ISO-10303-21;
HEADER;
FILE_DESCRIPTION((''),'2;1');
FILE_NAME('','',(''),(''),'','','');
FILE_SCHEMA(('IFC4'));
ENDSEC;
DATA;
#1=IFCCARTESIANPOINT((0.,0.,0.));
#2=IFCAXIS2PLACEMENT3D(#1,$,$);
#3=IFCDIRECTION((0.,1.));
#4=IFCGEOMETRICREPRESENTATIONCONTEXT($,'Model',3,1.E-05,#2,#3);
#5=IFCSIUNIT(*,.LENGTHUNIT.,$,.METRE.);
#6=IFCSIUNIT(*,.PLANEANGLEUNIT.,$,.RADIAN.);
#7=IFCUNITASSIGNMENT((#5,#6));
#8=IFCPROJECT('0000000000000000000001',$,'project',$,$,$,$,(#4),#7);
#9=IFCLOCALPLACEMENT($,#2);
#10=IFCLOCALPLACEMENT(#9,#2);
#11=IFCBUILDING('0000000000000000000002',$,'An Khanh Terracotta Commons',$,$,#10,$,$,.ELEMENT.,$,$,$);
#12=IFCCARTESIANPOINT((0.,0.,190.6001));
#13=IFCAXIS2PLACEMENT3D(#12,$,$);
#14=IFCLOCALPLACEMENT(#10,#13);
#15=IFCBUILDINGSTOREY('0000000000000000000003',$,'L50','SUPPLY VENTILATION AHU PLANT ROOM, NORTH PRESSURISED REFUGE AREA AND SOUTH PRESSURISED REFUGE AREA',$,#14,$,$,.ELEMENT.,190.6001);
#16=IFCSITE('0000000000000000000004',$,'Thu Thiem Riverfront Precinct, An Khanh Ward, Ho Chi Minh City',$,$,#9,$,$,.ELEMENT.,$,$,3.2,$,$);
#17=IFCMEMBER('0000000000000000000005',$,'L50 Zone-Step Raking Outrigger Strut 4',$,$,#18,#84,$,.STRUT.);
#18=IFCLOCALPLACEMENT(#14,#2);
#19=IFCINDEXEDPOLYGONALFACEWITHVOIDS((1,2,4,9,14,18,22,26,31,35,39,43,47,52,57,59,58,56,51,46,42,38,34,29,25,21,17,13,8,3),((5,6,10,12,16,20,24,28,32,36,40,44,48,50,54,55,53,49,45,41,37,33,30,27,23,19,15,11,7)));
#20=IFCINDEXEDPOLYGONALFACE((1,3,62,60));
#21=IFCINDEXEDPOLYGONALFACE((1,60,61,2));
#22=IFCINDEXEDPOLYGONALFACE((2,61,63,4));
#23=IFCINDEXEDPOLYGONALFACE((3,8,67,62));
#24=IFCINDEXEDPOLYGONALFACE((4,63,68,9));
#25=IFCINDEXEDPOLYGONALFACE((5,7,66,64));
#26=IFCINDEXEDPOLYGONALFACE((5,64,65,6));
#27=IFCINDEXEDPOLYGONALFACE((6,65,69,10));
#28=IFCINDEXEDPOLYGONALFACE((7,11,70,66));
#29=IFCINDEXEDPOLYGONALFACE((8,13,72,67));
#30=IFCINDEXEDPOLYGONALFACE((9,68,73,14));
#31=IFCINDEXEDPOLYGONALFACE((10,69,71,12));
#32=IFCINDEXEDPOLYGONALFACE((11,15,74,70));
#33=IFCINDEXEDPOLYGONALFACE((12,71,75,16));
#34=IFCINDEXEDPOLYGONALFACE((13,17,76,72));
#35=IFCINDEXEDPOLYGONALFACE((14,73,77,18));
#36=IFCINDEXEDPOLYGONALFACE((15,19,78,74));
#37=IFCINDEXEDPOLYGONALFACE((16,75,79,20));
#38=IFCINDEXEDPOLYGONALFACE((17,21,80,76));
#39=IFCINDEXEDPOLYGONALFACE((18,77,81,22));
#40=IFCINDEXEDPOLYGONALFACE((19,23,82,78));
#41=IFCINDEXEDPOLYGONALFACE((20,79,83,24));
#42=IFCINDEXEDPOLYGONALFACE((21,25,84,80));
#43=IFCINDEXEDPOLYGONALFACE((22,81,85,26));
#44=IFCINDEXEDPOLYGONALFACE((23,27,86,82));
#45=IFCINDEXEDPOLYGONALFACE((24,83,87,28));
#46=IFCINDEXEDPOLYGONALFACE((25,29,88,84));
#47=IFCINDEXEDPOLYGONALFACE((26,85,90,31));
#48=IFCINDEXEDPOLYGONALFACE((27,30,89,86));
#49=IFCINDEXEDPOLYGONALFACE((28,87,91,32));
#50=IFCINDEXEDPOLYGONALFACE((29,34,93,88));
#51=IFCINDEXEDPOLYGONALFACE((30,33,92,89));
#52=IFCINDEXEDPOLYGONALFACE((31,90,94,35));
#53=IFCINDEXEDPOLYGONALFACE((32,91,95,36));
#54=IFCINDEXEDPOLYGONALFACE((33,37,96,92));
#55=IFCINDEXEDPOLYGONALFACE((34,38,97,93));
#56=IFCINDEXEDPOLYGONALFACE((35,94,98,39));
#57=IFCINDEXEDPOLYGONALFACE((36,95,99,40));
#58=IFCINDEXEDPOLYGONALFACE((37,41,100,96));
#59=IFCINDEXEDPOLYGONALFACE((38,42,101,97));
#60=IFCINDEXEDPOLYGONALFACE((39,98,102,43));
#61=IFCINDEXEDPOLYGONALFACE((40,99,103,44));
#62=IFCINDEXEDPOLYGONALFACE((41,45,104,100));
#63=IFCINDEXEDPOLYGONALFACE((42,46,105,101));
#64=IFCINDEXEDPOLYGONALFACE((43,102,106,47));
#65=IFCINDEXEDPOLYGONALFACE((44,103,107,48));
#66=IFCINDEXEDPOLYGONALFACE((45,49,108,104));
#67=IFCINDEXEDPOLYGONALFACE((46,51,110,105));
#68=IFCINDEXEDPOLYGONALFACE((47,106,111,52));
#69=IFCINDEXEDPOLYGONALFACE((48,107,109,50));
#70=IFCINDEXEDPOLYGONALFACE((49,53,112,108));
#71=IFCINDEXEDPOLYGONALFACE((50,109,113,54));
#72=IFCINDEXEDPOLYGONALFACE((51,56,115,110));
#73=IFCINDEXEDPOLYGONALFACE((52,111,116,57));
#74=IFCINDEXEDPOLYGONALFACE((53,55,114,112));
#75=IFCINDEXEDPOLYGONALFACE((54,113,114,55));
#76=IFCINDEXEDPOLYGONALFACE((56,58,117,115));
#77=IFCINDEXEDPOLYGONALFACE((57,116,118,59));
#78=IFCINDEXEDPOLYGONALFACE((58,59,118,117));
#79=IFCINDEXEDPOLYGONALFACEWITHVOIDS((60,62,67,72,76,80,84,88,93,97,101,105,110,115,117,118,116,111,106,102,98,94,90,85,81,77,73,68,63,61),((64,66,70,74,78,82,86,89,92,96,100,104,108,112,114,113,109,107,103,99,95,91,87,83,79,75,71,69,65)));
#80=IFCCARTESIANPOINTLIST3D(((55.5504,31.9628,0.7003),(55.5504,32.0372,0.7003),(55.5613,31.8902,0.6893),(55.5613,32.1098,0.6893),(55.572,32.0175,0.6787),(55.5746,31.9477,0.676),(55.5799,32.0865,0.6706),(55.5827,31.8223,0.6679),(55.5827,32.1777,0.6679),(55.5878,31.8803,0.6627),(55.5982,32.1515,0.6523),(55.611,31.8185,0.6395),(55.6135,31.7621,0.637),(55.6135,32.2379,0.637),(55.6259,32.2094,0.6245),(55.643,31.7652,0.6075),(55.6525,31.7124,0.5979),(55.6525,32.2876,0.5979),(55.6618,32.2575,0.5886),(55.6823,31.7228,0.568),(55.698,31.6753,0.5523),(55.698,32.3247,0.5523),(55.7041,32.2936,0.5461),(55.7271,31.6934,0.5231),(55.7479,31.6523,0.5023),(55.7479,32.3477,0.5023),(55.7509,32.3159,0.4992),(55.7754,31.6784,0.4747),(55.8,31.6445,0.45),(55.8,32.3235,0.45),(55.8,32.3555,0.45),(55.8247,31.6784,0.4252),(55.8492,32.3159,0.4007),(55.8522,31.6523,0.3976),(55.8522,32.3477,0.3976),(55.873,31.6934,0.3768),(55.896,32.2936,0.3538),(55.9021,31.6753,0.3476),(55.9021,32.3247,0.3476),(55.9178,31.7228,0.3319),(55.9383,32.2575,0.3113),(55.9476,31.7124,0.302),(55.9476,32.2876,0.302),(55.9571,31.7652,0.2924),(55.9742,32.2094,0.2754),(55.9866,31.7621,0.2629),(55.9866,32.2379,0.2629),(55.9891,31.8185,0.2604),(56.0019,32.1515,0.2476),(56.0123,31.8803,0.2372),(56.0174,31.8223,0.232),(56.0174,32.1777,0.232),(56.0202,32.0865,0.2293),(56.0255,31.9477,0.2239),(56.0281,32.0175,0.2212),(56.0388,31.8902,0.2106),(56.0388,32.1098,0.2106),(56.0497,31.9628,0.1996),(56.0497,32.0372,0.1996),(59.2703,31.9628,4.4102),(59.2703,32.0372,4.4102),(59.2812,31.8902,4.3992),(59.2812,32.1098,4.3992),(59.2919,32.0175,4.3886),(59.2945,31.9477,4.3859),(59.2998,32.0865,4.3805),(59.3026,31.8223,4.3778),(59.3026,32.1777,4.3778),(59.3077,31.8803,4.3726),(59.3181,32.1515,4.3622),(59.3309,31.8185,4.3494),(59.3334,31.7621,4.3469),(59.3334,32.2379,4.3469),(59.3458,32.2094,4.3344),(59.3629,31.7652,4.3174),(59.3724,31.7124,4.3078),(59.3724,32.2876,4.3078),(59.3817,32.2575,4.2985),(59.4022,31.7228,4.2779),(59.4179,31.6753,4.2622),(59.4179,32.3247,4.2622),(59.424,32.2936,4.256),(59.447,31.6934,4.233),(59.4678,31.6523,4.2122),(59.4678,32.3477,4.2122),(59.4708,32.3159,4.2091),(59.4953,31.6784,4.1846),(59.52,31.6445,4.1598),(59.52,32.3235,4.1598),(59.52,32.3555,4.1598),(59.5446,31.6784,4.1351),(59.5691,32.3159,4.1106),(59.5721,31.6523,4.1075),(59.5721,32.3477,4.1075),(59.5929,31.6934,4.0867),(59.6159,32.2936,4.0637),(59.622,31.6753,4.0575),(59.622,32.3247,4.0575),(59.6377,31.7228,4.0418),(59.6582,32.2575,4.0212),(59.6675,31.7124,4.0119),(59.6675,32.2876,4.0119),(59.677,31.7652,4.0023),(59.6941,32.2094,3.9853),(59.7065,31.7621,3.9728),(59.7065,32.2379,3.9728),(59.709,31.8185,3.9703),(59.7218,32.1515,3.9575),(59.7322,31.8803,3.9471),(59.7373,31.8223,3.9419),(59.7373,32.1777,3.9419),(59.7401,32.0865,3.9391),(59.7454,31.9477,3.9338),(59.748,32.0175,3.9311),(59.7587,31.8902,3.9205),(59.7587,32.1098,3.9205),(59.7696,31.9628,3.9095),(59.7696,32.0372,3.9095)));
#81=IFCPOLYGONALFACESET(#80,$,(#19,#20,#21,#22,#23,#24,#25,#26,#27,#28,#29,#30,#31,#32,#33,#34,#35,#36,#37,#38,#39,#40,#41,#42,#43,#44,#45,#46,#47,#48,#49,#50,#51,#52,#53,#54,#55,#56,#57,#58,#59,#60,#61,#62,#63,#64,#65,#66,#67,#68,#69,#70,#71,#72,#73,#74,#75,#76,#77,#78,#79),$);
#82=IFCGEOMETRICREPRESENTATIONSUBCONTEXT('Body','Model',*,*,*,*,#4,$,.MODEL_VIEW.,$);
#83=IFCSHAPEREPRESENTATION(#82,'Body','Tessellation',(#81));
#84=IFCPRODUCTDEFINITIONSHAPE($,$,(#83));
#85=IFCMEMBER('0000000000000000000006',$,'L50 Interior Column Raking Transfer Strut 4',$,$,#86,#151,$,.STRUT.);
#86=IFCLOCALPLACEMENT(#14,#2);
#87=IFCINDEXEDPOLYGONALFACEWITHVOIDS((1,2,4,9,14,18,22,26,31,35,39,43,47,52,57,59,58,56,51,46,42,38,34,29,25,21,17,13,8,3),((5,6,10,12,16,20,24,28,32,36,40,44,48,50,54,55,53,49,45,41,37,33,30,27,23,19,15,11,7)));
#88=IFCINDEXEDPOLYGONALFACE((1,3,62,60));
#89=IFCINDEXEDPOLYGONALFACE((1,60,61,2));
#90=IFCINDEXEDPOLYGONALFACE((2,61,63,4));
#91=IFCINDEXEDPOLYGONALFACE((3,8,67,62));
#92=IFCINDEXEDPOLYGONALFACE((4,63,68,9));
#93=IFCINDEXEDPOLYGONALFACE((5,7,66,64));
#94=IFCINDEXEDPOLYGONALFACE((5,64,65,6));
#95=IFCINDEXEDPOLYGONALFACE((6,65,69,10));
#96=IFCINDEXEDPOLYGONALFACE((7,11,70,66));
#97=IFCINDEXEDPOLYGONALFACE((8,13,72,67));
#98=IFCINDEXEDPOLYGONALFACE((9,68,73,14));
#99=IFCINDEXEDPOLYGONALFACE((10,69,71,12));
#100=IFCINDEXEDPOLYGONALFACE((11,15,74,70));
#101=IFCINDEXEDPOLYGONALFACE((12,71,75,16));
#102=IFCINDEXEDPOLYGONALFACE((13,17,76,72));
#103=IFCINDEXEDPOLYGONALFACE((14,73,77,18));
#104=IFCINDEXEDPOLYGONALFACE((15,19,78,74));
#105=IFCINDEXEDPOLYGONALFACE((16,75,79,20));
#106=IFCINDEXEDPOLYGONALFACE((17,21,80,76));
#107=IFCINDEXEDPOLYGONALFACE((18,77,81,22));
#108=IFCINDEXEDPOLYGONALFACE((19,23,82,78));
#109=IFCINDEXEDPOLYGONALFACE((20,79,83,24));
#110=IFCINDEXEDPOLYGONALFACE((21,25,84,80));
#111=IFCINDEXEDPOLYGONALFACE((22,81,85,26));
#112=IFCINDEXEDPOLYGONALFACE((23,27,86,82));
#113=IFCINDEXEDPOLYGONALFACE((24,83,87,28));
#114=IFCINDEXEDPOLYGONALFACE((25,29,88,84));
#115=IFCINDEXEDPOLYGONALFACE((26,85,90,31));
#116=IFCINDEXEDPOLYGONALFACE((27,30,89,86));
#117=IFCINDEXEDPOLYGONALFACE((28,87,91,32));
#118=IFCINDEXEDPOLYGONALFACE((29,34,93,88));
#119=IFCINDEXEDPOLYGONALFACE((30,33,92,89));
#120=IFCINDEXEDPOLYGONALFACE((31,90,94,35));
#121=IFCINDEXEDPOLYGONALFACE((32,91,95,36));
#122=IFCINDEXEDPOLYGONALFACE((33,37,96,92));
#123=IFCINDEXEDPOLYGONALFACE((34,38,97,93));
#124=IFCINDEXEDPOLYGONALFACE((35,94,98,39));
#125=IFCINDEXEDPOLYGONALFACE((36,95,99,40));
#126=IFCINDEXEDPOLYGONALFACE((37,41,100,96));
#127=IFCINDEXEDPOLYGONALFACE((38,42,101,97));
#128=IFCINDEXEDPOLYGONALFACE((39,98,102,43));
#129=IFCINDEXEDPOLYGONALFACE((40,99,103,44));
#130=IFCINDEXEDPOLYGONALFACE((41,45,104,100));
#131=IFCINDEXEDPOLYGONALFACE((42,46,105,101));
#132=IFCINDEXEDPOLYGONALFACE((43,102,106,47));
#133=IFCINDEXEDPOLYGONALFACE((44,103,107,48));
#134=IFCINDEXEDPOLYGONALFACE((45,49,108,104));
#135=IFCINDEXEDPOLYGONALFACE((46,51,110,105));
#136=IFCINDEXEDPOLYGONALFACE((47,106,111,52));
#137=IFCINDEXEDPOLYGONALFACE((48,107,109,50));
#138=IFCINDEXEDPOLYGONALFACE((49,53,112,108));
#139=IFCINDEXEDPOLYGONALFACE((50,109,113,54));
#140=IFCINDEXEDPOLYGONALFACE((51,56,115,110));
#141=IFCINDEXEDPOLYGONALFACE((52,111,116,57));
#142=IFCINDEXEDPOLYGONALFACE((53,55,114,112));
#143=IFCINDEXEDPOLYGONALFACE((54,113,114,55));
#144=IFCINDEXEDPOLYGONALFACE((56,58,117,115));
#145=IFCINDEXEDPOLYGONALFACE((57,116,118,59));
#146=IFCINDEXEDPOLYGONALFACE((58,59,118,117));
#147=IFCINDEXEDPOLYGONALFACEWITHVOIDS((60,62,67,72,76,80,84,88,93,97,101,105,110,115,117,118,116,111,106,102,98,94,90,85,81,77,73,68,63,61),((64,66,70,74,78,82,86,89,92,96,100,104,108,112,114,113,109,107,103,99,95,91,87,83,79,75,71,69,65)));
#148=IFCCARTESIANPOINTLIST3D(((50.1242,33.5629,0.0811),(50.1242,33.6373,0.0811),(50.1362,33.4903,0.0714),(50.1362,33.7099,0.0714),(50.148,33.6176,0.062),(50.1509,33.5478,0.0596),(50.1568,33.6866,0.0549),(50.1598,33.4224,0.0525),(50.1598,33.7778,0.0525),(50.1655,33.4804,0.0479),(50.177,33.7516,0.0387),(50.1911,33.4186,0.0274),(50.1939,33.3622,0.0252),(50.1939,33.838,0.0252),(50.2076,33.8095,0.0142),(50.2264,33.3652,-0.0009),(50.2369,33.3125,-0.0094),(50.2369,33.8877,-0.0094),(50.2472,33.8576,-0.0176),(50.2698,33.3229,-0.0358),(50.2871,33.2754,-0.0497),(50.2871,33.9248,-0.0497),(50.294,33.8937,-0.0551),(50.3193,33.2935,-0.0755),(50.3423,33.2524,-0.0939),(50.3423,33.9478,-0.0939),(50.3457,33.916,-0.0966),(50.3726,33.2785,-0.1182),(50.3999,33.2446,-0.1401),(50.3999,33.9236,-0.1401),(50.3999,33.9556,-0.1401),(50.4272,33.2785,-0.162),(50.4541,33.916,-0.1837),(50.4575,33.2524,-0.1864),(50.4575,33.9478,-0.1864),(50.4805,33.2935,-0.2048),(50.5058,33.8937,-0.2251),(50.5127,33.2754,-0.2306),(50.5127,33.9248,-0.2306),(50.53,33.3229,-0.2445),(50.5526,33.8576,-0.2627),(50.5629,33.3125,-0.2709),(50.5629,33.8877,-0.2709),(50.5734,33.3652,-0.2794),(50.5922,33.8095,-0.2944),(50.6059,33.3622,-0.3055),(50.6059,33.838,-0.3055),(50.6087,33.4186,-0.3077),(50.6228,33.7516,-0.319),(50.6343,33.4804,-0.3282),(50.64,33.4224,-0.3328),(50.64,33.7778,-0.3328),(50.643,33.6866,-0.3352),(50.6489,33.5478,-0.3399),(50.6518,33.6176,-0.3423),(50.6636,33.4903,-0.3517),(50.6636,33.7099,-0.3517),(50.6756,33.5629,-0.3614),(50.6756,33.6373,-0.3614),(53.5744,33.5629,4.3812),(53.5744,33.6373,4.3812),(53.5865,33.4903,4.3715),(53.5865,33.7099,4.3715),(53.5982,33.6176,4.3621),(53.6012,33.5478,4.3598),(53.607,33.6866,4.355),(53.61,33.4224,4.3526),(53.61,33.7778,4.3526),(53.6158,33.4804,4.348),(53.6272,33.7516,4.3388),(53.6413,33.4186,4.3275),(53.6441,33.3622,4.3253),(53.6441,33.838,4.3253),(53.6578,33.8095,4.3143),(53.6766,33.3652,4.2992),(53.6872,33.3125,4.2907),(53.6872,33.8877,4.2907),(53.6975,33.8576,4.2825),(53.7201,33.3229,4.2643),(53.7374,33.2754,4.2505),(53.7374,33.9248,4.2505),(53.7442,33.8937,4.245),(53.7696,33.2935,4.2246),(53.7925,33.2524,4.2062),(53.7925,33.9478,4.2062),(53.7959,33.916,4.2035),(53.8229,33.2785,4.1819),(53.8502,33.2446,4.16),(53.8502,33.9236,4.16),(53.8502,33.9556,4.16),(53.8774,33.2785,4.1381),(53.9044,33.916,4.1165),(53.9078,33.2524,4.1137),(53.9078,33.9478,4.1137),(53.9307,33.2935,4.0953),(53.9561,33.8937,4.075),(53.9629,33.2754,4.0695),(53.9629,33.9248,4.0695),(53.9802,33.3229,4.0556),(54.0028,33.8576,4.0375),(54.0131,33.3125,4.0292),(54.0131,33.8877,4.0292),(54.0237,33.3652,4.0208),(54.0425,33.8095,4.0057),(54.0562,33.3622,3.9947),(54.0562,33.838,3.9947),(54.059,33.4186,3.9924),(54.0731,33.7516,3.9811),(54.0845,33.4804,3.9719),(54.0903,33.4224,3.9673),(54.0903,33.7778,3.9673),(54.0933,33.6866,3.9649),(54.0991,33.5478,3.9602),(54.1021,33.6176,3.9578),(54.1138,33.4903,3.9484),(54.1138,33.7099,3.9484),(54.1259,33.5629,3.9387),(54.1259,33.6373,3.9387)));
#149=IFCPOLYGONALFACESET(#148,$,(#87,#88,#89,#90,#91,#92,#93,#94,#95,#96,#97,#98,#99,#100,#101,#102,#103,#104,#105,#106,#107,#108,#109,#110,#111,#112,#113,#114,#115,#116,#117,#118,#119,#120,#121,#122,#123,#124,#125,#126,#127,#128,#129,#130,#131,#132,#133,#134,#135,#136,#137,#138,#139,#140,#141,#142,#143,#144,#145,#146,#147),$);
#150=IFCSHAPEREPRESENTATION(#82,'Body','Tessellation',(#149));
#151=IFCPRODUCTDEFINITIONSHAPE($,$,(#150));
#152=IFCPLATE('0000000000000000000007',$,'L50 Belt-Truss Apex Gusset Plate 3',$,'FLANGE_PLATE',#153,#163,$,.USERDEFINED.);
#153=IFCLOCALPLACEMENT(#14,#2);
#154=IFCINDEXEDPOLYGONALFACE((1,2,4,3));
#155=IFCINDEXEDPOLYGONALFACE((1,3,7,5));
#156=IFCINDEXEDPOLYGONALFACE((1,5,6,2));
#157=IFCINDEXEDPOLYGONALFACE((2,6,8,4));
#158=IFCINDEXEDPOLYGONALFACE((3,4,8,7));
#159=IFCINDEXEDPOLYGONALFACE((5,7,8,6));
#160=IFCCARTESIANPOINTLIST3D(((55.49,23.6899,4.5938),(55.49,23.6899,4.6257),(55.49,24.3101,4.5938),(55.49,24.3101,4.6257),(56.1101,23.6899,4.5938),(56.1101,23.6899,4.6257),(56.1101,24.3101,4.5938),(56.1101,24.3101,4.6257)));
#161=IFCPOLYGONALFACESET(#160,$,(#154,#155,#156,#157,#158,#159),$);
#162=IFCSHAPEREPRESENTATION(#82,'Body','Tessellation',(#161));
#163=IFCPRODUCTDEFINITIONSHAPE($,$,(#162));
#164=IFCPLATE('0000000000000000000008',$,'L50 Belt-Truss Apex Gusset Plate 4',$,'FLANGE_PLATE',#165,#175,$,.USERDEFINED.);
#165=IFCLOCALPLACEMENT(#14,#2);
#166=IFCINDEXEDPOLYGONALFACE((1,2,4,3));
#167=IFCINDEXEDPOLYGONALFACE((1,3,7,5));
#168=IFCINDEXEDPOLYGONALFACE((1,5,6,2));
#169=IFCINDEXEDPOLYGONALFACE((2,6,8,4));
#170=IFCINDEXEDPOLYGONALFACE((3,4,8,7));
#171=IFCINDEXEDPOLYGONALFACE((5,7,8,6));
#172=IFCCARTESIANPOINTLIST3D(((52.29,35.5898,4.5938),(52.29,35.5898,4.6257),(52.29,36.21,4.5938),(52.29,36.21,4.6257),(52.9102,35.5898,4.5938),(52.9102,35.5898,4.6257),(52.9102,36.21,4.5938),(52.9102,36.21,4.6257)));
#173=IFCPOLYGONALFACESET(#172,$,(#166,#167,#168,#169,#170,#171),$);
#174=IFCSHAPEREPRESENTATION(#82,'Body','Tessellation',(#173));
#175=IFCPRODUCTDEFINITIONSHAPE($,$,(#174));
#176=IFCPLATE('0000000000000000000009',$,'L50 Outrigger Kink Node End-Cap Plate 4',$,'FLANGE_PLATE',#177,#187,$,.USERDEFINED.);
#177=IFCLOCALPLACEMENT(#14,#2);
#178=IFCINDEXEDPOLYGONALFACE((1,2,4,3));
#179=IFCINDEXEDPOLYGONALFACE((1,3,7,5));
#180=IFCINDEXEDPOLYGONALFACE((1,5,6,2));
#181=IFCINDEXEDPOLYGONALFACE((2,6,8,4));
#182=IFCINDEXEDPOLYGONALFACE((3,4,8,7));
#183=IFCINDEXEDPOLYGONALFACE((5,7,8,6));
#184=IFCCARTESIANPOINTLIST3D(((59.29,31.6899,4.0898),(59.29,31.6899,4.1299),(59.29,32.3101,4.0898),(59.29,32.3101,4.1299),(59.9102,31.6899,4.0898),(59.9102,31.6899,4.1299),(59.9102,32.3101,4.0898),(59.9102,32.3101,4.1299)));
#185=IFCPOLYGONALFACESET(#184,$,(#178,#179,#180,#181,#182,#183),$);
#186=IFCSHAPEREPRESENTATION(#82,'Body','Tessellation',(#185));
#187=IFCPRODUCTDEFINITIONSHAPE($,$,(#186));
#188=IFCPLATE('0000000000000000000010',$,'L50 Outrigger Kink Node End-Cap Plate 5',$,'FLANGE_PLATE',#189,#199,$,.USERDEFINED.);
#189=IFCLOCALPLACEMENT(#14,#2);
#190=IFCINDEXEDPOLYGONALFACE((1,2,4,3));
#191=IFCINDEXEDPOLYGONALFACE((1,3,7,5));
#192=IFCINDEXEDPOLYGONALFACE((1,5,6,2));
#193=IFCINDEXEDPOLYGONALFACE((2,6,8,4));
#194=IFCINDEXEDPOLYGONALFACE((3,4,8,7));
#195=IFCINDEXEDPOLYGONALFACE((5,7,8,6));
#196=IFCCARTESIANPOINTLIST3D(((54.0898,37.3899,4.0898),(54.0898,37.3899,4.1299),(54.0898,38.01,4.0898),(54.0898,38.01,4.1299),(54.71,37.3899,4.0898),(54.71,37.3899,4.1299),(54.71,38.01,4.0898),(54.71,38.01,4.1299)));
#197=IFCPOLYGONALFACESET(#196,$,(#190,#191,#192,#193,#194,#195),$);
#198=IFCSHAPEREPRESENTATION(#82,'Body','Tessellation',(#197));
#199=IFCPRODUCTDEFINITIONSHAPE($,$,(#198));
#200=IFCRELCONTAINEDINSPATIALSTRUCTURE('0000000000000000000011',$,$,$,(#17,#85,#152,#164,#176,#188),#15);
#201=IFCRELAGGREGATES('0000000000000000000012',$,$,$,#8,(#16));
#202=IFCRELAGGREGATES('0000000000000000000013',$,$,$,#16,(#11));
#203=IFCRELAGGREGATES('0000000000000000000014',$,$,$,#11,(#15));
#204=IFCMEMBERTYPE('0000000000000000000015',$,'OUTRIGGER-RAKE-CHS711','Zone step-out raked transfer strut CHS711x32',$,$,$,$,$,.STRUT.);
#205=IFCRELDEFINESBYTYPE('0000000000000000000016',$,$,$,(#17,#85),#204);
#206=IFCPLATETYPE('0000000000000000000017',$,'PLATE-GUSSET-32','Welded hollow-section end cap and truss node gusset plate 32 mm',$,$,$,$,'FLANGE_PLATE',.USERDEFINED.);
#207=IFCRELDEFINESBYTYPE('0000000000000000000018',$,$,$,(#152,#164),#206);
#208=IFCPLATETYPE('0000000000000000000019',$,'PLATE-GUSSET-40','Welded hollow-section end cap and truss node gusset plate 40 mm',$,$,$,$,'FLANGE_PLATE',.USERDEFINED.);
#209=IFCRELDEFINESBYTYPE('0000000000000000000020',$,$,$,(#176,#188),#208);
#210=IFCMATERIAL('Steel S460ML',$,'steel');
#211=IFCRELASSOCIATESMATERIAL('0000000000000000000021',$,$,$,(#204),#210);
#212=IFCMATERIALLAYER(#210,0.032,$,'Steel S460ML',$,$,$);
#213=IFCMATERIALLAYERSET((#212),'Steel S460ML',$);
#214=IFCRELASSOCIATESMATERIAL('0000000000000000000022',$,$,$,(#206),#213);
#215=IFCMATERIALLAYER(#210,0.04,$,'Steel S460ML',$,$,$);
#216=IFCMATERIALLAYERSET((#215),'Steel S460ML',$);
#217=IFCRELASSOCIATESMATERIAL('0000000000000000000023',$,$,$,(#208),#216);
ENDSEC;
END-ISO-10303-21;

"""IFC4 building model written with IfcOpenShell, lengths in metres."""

from ifc_helpers import new_model, si_unit, direction, frame, origin, origin_2d, place, context, subcontext, project, spatial, rectangle, hollow_circle, extrude, material, layer, layer_set, material_profile, profile_set, type_object, element, save


model = new_model("IFC4")

# Units and contexts
model_context = context("Model", 3, precision=1e-05, world=origin(), true_north=direction((0.0, 1.0)))
body_context = subcontext(model_context, "Body", "Model", "MODEL_VIEW")
ifc_project = project(units=[si_unit("LENGTHUNIT", "METRE"), si_unit("PLANEANGLEUNIT", "RADIAN")], contexts=[model_context])

# Site, building, storey
site_placement = place(None, origin())
site = spatial("IfcSite", under=ifc_project, at=site_placement, Name="Thu Thiem Riverfront Precinct, An Khanh Ward, Ho Chi Minh City", CompositionType="ELEMENT", RefElevation=3.2)
building_placement = place(site_placement, origin())
building = spatial("IfcBuilding", under=site, at=building_placement, Name="An Khanh Terracotta Commons", CompositionType="ELEMENT")
storey_placement = place(building_placement, frame((0.0, 0.0, 190.6001)))
storey = spatial("IfcBuildingStorey", under=building, at=storey_placement, Name="L50", Description="SUPPLY VENTILATION AHU PLANT ROOM, NORTH PRESSURISED REFUGE AREA AND SOUTH PRESSURISED REFUGE AREA", CompositionType="ELEMENT", Elevation=190.6001)

# Shared definitions
ifc_material_1 = material(Name="Steel S460ML", Category="steel")

# Members
ifc_material_profile_1 = material_profile(ifc_material_1, hollow_circle(Radius=0.3555, WallThickness=0.032, at=origin_2d()), Name="CHS711x32")
ifc_profile_set_1 = profile_set([ifc_material_profile_1], Name="Steel S460ML")
member_type_1 = type_object("IfcMemberType", Name="OUTRIGGER-RAKE-CHS711", Description="Zone step-out raked transfer strut CHS711x32", PredefinedType="STRUT", material=ifc_profile_set_1)
member_1_placement = place(storey_placement, frame((55.8, 32.0, 0.45), z_axis=(0.708059, 0.0, 0.706154), x_axis=(0.0, 1.0, 0.0)))
element("IfcMember", 1, at=member_1_placement, inside=storey, type_object=member_type_1, Name="L50 Zone-Step Raking Outrigger Strut 4", PredefinedType="STRUT", context=body_context, shape_type="SweptSolid", body=[
    extrude(hollow_circle(Radius=0.3555, WallThickness=0.032, at=origin_2d()), origin(), (0.0, 0.0, 1.0), 5.2537),
])
member_2_placement = place(storey_placement, frame((50.3999, 33.6001, -0.1401), z_axis=(0.625818, 0.0, 0.779969), x_axis=(0.0, 1.0, 0.0)))
element("IfcMember", 2, at=member_2_placement, inside=storey, type_object=member_type_1, Name="L50 Interior Column Raking Transfer Strut 4", PredefinedType="STRUT", context=body_context, shape_type="SweptSolid", body=[
    extrude(hollow_circle(Radius=0.3555, WallThickness=0.032, at=origin_2d()), origin(), (0.0, 0.0, 1.0), 5.5132),
])

# Plates
ifc_layer_1 = layer(ifc_material_1, 0.032, Name="Steel S460ML")
ifc_layer_set_1 = layer_set([ifc_layer_1], Name="Steel S460ML")
plate_type_1 = type_object("IfcPlateType", Name="PLATE-GUSSET-32", Description="Welded hollow-section end cap and truss node gusset plate 32 mm", ElementType="FLANGE_PLATE", PredefinedType="USERDEFINED", material=ifc_layer_set_1)
for number, where, z_axis, x_axis, name in (
    (3, (55.8, 24.0, 4.5938), (0.0, 0.0, 1.0), (1.0, 0.0, 0.0), "L50 Belt-Truss Apex Gusset Plate 3"),
    (4, (52.6001, 35.8999, 4.5938), (0.0, 0.0, 1.0), (1.0, 0.0, 0.0), "L50 Belt-Truss Apex Gusset Plate 4"),
):
    element("IfcPlate", number, at=place(storey_placement, frame(where, z_axis=z_axis, x_axis=x_axis)), inside=storey, type_object=plate_type_1, Name=name, ObjectType="FLANGE_PLATE", PredefinedType="USERDEFINED", context=body_context, shape_type="SweptSolid", body=[
        extrude(rectangle(XDim=0.6201, YDim=0.6201, at=origin_2d()), origin(), (0.0, 0.0, 1.0), 0.032),
    ])
ifc_layer_2 = layer(ifc_material_1, 0.04, Name="Steel S460ML")
ifc_layer_set_2 = layer_set([ifc_layer_2], Name="Steel S460ML")
plate_type_2 = type_object("IfcPlateType", Name="PLATE-GUSSET-40", Description="Welded hollow-section end cap and truss node gusset plate 40 mm", ElementType="FLANGE_PLATE", PredefinedType="USERDEFINED", material=ifc_layer_set_2)
for number, where, z_axis, x_axis, name in (
    (5, (59.6001, 32.0, 4.0898), (0.0, 0.0, 1.0), (1.0, 0.0, 0.0), "L50 Outrigger Kink Node End-Cap Plate 4"),
    (6, (54.3999, 37.7, 4.0898), (0.0, 0.0, 1.0), (1.0, 0.0, 0.0), "L50 Outrigger Kink Node End-Cap Plate 5"),
):
    element("IfcPlate", number, at=place(storey_placement, frame(where, z_axis=z_axis, x_axis=x_axis)), inside=storey, type_object=plate_type_2, Name=name, ObjectType="FLANGE_PLATE", PredefinedType="USERDEFINED", context=body_context, shape_type="SweptSolid", body=[
        extrude(rectangle(XDim=0.6201, YDim=0.6201, at=origin_2d()), origin(), (0.0, 0.0, 1.0), 0.04),
    ])

save(model, "model.ifc")
